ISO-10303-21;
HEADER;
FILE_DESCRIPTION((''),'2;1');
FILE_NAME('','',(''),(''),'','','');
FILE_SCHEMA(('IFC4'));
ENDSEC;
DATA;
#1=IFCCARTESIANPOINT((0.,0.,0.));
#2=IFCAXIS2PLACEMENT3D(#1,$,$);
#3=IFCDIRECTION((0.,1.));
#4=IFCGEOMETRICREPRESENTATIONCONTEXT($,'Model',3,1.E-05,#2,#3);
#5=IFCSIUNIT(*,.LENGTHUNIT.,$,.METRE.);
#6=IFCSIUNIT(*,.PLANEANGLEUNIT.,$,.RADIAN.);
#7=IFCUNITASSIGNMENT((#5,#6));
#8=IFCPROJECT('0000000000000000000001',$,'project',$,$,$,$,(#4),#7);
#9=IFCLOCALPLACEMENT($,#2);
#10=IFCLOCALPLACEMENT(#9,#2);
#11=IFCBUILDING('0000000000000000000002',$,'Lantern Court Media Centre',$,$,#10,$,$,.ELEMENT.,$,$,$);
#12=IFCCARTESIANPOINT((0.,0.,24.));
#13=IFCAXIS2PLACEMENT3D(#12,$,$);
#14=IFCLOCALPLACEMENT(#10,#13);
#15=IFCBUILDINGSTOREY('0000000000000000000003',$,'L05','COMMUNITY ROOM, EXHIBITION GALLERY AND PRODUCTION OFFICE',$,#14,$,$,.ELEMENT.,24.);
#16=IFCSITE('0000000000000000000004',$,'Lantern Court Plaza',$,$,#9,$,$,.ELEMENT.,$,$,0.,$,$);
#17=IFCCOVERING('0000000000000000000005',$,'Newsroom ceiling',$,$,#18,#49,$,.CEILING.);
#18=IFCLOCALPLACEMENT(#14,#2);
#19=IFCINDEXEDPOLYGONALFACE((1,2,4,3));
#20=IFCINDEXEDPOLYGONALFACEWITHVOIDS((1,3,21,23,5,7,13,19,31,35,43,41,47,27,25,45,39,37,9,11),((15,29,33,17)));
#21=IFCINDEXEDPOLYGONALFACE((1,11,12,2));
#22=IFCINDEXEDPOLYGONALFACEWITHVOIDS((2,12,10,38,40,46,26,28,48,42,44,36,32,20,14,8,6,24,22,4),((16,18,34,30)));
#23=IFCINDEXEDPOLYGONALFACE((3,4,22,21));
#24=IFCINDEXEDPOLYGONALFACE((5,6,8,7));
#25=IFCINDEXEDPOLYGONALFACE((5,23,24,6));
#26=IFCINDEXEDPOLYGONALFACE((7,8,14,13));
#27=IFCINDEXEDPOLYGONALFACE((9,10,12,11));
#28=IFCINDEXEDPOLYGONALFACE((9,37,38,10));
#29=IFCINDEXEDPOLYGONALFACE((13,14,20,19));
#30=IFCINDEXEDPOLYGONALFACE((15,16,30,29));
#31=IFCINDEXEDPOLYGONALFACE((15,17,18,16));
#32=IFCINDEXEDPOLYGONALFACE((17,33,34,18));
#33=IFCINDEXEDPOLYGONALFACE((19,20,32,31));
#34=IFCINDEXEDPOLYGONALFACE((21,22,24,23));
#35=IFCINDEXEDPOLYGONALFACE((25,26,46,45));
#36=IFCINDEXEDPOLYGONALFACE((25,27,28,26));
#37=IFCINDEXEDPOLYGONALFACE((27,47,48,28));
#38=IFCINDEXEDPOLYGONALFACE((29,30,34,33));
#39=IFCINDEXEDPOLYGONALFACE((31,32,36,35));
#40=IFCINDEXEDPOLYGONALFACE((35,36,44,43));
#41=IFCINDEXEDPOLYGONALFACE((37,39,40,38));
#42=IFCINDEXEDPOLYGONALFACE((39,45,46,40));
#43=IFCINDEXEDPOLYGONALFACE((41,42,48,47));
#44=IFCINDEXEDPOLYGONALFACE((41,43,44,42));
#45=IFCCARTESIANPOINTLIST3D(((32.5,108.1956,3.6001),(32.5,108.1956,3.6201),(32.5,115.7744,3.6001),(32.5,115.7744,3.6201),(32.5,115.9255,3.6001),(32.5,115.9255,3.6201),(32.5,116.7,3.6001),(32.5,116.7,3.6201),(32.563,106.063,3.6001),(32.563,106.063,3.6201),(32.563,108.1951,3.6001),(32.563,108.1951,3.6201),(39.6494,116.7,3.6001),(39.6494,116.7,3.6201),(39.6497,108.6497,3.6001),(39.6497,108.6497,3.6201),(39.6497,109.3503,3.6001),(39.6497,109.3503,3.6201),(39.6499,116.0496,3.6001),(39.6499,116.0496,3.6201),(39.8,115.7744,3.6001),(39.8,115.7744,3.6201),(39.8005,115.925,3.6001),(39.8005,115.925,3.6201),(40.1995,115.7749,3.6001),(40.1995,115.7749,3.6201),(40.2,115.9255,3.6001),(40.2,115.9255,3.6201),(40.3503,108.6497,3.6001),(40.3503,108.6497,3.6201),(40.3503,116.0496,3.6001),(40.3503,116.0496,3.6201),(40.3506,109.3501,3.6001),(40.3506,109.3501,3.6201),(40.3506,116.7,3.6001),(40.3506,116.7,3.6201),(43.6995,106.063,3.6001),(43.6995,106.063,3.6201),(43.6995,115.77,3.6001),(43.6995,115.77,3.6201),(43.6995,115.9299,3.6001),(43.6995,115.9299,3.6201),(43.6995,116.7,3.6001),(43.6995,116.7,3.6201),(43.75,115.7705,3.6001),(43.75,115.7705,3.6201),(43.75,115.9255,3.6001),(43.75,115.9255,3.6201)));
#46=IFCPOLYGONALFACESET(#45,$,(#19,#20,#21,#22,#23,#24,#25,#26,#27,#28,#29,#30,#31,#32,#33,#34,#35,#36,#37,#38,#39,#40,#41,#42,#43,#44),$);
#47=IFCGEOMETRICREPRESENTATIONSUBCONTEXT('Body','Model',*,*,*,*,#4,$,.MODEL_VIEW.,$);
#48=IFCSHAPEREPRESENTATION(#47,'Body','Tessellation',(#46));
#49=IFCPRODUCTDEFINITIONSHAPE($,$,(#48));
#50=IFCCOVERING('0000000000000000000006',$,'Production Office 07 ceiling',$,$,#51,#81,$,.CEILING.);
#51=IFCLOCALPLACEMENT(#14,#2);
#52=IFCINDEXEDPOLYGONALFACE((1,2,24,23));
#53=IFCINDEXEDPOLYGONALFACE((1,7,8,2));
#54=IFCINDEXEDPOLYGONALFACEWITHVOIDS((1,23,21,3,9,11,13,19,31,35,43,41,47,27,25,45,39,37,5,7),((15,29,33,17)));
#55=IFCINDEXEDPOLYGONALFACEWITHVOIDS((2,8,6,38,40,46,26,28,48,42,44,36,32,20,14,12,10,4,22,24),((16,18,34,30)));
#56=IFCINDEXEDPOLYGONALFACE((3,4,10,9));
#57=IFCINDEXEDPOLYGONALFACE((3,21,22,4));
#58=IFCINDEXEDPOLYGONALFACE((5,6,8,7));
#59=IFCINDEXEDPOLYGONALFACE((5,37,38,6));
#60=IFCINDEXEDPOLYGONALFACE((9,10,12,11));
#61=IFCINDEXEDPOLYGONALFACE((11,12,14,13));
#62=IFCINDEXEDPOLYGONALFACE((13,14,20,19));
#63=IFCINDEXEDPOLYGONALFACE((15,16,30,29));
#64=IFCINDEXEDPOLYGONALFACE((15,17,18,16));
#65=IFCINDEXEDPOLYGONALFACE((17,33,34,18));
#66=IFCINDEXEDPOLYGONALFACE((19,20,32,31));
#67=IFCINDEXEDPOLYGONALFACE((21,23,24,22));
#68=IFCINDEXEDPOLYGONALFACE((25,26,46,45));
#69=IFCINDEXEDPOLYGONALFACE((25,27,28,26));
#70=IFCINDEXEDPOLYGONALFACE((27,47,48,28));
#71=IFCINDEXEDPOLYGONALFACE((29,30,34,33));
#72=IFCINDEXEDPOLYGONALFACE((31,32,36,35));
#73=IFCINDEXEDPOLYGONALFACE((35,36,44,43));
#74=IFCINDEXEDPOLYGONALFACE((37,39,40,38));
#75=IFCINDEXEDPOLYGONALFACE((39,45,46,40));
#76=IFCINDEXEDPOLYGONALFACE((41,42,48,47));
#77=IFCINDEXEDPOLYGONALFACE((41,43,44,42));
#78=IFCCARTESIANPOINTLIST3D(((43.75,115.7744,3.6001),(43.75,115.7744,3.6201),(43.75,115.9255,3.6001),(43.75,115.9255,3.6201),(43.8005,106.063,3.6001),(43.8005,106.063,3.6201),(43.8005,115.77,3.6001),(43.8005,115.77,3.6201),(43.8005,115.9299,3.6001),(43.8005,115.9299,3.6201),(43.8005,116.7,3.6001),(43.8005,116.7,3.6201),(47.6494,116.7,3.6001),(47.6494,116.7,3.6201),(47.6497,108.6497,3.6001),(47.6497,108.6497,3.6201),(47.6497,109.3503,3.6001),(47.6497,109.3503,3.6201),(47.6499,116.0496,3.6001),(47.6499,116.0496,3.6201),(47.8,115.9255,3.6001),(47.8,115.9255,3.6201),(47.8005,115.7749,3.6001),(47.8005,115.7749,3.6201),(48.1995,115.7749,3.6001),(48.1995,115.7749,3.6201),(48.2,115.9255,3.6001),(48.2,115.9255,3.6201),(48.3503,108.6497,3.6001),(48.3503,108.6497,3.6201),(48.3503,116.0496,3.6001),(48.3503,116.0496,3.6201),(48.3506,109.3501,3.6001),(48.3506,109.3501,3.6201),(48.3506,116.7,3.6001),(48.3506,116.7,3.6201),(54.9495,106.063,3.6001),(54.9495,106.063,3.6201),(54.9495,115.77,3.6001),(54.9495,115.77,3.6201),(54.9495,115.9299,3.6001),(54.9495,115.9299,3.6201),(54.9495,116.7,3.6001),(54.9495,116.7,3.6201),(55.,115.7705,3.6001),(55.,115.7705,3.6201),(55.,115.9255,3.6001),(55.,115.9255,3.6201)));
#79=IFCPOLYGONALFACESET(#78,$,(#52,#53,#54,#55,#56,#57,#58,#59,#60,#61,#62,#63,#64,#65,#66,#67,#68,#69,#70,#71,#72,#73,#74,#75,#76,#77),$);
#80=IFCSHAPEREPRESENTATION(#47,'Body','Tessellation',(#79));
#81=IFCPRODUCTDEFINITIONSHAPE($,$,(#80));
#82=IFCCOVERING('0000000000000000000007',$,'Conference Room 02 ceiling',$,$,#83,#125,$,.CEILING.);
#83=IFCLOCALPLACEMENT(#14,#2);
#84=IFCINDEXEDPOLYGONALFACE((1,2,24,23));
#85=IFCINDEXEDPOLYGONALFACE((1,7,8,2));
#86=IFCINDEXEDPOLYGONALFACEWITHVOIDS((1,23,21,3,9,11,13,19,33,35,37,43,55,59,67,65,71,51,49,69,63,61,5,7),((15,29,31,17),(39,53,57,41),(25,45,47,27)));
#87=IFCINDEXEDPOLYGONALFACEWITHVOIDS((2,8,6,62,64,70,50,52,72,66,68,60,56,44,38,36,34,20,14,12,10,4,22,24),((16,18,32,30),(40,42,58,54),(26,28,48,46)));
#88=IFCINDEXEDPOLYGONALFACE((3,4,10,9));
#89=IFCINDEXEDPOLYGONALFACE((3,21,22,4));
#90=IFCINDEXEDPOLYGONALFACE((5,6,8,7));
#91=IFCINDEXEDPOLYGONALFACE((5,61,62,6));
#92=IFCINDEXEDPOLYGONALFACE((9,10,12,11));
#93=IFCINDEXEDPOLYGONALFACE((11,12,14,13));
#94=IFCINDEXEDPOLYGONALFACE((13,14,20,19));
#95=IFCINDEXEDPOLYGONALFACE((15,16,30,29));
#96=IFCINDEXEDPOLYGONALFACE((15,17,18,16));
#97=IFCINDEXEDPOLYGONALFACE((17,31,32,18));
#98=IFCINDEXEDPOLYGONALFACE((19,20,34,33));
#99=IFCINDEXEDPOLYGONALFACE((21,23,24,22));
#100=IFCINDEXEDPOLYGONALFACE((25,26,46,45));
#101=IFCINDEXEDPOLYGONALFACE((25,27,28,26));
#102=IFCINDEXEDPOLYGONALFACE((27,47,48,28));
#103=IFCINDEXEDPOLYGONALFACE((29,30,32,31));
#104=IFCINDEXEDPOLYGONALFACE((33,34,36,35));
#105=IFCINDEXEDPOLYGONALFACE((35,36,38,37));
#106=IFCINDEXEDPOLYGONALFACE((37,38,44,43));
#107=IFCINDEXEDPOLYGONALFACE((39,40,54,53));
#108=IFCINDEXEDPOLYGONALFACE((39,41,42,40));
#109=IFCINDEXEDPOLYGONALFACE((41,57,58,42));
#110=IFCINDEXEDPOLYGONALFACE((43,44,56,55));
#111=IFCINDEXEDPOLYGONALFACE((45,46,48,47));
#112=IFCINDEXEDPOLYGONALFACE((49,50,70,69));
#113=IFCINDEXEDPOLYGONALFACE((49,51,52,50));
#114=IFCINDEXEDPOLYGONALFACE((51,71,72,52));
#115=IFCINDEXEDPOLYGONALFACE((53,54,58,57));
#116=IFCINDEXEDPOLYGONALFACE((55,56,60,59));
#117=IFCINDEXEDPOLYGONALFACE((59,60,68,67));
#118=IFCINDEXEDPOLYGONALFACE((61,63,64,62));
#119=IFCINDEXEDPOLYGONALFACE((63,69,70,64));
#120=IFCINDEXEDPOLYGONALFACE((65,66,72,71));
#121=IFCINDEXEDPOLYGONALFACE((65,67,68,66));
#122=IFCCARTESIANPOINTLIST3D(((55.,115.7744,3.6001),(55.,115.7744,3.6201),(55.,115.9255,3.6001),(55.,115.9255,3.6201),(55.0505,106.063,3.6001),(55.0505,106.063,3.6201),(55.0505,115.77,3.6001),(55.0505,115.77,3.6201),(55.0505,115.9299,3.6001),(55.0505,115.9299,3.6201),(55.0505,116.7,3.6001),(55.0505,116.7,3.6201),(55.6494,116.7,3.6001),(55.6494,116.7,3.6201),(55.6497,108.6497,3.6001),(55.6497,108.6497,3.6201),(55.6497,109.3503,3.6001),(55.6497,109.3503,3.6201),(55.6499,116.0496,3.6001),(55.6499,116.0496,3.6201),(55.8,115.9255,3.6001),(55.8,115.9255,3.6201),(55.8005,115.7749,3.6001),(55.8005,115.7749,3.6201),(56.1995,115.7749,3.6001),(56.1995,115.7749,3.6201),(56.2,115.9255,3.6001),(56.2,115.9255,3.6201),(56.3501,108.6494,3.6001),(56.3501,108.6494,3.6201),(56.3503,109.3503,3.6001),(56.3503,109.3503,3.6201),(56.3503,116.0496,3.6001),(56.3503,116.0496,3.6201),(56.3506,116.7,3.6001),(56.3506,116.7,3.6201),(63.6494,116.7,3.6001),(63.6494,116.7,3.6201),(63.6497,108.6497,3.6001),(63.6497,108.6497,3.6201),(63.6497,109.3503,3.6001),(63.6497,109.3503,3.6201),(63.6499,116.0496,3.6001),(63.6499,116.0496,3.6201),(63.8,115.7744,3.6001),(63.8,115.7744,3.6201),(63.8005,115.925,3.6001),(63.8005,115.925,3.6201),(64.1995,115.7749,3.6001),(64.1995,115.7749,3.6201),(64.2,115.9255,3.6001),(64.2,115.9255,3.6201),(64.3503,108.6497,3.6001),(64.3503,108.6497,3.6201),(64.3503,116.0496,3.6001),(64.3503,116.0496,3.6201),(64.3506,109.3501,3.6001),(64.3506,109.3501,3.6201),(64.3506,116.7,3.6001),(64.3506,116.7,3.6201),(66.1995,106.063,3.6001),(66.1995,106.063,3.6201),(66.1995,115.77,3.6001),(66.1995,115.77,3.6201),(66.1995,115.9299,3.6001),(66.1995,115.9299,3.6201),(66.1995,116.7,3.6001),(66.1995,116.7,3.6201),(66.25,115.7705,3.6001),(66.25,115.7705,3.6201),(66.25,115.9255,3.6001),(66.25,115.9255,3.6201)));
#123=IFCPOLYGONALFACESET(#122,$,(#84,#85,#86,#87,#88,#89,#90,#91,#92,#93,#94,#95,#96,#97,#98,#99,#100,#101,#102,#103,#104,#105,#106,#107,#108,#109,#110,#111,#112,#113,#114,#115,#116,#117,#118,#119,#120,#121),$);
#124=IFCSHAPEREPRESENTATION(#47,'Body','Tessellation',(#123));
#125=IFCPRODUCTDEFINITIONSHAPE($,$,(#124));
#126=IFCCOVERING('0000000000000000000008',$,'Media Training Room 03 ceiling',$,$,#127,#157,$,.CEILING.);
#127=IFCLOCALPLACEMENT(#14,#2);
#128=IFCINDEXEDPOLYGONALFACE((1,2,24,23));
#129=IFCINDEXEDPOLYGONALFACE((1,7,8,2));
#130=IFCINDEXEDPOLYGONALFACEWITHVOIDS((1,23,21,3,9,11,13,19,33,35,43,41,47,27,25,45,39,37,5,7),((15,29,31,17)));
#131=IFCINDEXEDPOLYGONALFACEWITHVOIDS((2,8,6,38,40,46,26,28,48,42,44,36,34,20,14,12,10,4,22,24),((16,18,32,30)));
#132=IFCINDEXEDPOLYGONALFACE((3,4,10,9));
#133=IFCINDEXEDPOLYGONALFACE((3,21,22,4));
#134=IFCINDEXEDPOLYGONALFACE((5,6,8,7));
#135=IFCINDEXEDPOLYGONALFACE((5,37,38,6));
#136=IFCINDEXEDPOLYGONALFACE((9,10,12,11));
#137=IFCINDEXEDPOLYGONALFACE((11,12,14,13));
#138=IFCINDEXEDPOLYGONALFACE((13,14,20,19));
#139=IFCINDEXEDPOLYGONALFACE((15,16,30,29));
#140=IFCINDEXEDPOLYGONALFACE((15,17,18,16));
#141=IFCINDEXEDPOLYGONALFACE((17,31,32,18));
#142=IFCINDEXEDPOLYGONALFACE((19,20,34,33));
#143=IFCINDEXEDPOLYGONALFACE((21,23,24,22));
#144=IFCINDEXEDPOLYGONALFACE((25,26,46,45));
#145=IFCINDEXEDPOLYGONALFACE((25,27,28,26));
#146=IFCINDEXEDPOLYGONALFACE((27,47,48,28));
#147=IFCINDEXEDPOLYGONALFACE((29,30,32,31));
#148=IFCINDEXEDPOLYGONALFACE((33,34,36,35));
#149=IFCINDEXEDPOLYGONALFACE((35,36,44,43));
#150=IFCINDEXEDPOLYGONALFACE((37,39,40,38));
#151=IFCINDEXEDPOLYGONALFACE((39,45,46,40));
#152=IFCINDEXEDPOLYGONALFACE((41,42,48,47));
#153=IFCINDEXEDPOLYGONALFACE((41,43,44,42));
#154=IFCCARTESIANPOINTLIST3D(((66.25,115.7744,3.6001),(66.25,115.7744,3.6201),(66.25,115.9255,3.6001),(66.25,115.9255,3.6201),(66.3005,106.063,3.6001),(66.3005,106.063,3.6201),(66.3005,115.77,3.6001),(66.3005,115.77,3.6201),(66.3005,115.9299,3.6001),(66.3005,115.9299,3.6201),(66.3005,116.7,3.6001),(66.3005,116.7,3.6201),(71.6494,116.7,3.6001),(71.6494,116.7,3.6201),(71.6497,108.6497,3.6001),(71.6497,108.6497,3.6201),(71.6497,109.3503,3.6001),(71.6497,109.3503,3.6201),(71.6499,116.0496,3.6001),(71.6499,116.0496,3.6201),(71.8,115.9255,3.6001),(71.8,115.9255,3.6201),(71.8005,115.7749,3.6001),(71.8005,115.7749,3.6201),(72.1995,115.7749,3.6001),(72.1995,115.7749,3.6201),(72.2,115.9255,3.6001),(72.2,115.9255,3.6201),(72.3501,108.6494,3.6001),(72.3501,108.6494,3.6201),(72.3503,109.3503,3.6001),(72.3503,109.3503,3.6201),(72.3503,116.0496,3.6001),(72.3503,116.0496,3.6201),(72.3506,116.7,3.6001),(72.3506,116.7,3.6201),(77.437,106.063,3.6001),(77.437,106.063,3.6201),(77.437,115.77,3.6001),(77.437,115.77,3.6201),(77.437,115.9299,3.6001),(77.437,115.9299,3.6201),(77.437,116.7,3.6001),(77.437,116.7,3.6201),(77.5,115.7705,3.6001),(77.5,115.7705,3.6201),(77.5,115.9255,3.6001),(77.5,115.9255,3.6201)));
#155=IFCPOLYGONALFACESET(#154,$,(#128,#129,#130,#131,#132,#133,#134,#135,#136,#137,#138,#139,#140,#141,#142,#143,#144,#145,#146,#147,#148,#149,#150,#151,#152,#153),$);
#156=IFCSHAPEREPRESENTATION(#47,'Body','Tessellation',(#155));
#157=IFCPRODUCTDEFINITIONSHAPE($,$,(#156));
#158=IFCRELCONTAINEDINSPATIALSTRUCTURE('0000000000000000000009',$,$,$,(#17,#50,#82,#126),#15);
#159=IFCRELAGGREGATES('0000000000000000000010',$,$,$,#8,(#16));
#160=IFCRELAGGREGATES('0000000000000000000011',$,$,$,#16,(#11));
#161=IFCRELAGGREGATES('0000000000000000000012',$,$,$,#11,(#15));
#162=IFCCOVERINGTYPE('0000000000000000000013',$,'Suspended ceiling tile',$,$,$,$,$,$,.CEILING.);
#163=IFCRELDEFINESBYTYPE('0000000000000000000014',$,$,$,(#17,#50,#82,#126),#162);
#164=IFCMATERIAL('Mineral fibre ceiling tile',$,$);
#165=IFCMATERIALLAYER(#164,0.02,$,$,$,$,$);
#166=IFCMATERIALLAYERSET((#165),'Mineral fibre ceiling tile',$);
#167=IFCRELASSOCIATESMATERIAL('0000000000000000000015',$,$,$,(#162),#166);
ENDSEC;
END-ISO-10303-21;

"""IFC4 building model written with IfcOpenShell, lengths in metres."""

from ifc_helpers import new_model, si_unit, direction, frame, origin, place, context, subcontext, project, spatial, polyline, outline, extrude, material, layer, layer_set, type_object, element, save


model = new_model("IFC4")

# Units and contexts
model_context = context("Model", 3, precision=1e-05, world=origin(), true_north=direction((0.0, 1.0)))
body_context = subcontext(model_context, "Body", "Model", "MODEL_VIEW")
ifc_project = project(units=[si_unit("LENGTHUNIT", "METRE"), si_unit("PLANEANGLEUNIT", "RADIAN")], contexts=[model_context])

# Site, building, storey
site_placement = place(None, origin())
site = spatial("IfcSite", under=ifc_project, at=site_placement, Name="Lantern Court Plaza", CompositionType="ELEMENT", RefElevation=0.0)
building_placement = place(site_placement, origin())
building = spatial("IfcBuilding", under=site, at=building_placement, Name="Lantern Court Media Centre", CompositionType="ELEMENT")
storey_placement = place(building_placement, frame((0.0, 0.0, 24.0)))
storey = spatial("IfcBuildingStorey", under=building, at=storey_placement, Name="L05", Description="COMMUNITY ROOM, EXHIBITION GALLERY AND PRODUCTION OFFICE", CompositionType="ELEMENT", Elevation=24.0)

# Coverings
ifc_material_1 = material(Name="Mineral fibre ceiling tile")
ifc_layer_1 = layer(ifc_material_1, 0.02)
ifc_layer_set_1 = layer_set([ifc_layer_1], Name="Mineral fibre ceiling tile")
covering_type_1 = type_object("IfcCoveringType", Name="Suspended ceiling tile", PredefinedType="CEILING", material=ifc_layer_set_1)
covering_1_placement = place(storey_placement, frame((0.0, 0.0, 3.6001)))
element("IfcCovering", 1, at=covering_1_placement, inside=storey, type_object=covering_type_1, Name="Newsroom ceiling", PredefinedType="CEILING", context=body_context, shape_type="SweptSolid", body=[
    extrude(outline(polyline([(43.75, 115.7705), (43.6995, 115.77), (43.6995, 106.063), (32.563, 106.063), (32.563, 108.1951), (32.5, 108.1956), (32.5, 115.7744), (39.8, 115.7744), (39.8005, 115.925), (32.5, 115.9255), (32.5, 116.7), (39.6494, 116.7), (39.6499, 116.0496), (40.3503, 116.0496), (40.3506, 116.7), (43.6995, 116.7), (43.6995, 115.9299), (43.75, 115.9255), (40.2, 115.9255), (40.1995, 115.7749), (43.75, 115.7705)]), holes=[polyline([(40.3506, 109.3501), (39.6497, 109.3503), (39.6497, 108.6497), (40.3503, 108.6497), (40.3506, 109.3501)])]), origin(), (0.0, 0.0, 1.0), 0.02),
])
covering_2_placement = place(storey_placement, frame((0.0, 0.0, 3.6001)))
element("IfcCovering", 2, at=covering_2_placement, inside=storey, type_object=covering_type_1, Name="Production Office 07 ceiling", PredefinedType="CEILING", context=body_context, shape_type="SweptSolid", body=[
    extrude(outline(polyline([(55.0, 115.7705), (54.9495, 115.77), (54.9495, 106.063), (43.8005, 106.063), (43.8005, 115.77), (43.75, 115.7744), (47.8005, 115.7749), (47.8, 115.9255), (43.75, 115.9255), (43.8005, 115.9299), (43.8005, 116.7), (47.6494, 116.7), (47.6499, 116.0496), (48.3503, 116.0496), (48.3506, 116.7), (54.9495, 116.7), (54.9495, 115.9299), (55.0, 115.9255), (48.2, 115.9255), (48.1995, 115.7749), (55.0, 115.7705)]), holes=[polyline([(48.3506, 109.3501), (47.6497, 109.3503), (47.6497, 108.6497), (48.3503, 108.6497), (48.3506, 109.3501)])]), origin(), (0.0, 0.0, 1.0), 0.02),
])
covering_3_placement = place(storey_placement, frame((0.0, 0.0, 3.6001)))
element("IfcCovering", 3, at=covering_3_placement, inside=storey, type_object=covering_type_1, Name="Conference Room 02 ceiling", PredefinedType="CEILING", context=body_context, shape_type="SweptSolid", body=[
    extrude(outline(polyline([(66.25, 115.7705), (66.1995, 115.77), (66.1995, 106.063), (55.0505, 106.063), (55.0505, 115.77), (55.0, 115.7744), (55.8005, 115.7749), (55.8, 115.9255), (55.0, 115.9255), (55.0505, 115.9299), (55.0505, 116.7), (55.6494, 116.7), (55.6499, 116.0496), (56.3503, 116.0496), (56.3506, 116.7), (63.6494, 116.7), (63.6499, 116.0496), (64.3503, 116.0496), (64.3506, 116.7), (66.1995, 116.7), (66.1995, 115.9299), (66.25, 115.9255), (64.2, 115.9255), (64.1995, 115.7749), (66.25, 115.7705)]), holes=[polyline([(64.3506, 109.3501), (63.6497, 109.3503), (63.6497, 108.6497), (64.3503, 108.6497), (64.3506, 109.3501)]), polyline([(56.1995, 115.7749), (63.8, 115.7744), (63.8005, 115.925), (56.2, 115.9255), (56.1995, 115.7749)]), polyline([(56.3501, 108.6494), (56.3503, 109.3503), (55.6497, 109.3503), (55.6497, 108.6497), (56.3501, 108.6494)])]), origin(), (0.0, 0.0, 1.0), 0.02),
])
covering_4_placement = place(storey_placement, frame((0.0, 0.0, 3.6001)))
element("IfcCovering", 4, at=covering_4_placement, inside=storey, type_object=covering_type_1, Name="Media Training Room 03 ceiling", PredefinedType="CEILING", context=body_context, shape_type="SweptSolid", body=[
    extrude(outline(polyline([(77.5, 115.7705), (77.437, 115.77), (77.437, 106.063), (66.3005, 106.063), (66.3005, 115.77), (66.25, 115.7744), (71.8005, 115.7749), (71.8, 115.9255), (66.25, 115.9255), (66.3005, 115.9299), (66.3005, 116.7), (71.6494, 116.7), (71.6499, 116.0496), (72.3503, 116.0496), (72.3506, 116.7), (77.437, 116.7), (77.437, 115.9299), (77.5, 115.9255), (72.2, 115.9255), (72.1995, 115.7749), (77.5, 115.7705)]), holes=[polyline([(72.3501, 108.6494), (72.3503, 109.3503), (71.6497, 109.3503), (71.6497, 108.6497), (72.3501, 108.6494)])]), origin(), (0.0, 0.0, 1.0), 0.02),
])

save(model, "model.ifc")
